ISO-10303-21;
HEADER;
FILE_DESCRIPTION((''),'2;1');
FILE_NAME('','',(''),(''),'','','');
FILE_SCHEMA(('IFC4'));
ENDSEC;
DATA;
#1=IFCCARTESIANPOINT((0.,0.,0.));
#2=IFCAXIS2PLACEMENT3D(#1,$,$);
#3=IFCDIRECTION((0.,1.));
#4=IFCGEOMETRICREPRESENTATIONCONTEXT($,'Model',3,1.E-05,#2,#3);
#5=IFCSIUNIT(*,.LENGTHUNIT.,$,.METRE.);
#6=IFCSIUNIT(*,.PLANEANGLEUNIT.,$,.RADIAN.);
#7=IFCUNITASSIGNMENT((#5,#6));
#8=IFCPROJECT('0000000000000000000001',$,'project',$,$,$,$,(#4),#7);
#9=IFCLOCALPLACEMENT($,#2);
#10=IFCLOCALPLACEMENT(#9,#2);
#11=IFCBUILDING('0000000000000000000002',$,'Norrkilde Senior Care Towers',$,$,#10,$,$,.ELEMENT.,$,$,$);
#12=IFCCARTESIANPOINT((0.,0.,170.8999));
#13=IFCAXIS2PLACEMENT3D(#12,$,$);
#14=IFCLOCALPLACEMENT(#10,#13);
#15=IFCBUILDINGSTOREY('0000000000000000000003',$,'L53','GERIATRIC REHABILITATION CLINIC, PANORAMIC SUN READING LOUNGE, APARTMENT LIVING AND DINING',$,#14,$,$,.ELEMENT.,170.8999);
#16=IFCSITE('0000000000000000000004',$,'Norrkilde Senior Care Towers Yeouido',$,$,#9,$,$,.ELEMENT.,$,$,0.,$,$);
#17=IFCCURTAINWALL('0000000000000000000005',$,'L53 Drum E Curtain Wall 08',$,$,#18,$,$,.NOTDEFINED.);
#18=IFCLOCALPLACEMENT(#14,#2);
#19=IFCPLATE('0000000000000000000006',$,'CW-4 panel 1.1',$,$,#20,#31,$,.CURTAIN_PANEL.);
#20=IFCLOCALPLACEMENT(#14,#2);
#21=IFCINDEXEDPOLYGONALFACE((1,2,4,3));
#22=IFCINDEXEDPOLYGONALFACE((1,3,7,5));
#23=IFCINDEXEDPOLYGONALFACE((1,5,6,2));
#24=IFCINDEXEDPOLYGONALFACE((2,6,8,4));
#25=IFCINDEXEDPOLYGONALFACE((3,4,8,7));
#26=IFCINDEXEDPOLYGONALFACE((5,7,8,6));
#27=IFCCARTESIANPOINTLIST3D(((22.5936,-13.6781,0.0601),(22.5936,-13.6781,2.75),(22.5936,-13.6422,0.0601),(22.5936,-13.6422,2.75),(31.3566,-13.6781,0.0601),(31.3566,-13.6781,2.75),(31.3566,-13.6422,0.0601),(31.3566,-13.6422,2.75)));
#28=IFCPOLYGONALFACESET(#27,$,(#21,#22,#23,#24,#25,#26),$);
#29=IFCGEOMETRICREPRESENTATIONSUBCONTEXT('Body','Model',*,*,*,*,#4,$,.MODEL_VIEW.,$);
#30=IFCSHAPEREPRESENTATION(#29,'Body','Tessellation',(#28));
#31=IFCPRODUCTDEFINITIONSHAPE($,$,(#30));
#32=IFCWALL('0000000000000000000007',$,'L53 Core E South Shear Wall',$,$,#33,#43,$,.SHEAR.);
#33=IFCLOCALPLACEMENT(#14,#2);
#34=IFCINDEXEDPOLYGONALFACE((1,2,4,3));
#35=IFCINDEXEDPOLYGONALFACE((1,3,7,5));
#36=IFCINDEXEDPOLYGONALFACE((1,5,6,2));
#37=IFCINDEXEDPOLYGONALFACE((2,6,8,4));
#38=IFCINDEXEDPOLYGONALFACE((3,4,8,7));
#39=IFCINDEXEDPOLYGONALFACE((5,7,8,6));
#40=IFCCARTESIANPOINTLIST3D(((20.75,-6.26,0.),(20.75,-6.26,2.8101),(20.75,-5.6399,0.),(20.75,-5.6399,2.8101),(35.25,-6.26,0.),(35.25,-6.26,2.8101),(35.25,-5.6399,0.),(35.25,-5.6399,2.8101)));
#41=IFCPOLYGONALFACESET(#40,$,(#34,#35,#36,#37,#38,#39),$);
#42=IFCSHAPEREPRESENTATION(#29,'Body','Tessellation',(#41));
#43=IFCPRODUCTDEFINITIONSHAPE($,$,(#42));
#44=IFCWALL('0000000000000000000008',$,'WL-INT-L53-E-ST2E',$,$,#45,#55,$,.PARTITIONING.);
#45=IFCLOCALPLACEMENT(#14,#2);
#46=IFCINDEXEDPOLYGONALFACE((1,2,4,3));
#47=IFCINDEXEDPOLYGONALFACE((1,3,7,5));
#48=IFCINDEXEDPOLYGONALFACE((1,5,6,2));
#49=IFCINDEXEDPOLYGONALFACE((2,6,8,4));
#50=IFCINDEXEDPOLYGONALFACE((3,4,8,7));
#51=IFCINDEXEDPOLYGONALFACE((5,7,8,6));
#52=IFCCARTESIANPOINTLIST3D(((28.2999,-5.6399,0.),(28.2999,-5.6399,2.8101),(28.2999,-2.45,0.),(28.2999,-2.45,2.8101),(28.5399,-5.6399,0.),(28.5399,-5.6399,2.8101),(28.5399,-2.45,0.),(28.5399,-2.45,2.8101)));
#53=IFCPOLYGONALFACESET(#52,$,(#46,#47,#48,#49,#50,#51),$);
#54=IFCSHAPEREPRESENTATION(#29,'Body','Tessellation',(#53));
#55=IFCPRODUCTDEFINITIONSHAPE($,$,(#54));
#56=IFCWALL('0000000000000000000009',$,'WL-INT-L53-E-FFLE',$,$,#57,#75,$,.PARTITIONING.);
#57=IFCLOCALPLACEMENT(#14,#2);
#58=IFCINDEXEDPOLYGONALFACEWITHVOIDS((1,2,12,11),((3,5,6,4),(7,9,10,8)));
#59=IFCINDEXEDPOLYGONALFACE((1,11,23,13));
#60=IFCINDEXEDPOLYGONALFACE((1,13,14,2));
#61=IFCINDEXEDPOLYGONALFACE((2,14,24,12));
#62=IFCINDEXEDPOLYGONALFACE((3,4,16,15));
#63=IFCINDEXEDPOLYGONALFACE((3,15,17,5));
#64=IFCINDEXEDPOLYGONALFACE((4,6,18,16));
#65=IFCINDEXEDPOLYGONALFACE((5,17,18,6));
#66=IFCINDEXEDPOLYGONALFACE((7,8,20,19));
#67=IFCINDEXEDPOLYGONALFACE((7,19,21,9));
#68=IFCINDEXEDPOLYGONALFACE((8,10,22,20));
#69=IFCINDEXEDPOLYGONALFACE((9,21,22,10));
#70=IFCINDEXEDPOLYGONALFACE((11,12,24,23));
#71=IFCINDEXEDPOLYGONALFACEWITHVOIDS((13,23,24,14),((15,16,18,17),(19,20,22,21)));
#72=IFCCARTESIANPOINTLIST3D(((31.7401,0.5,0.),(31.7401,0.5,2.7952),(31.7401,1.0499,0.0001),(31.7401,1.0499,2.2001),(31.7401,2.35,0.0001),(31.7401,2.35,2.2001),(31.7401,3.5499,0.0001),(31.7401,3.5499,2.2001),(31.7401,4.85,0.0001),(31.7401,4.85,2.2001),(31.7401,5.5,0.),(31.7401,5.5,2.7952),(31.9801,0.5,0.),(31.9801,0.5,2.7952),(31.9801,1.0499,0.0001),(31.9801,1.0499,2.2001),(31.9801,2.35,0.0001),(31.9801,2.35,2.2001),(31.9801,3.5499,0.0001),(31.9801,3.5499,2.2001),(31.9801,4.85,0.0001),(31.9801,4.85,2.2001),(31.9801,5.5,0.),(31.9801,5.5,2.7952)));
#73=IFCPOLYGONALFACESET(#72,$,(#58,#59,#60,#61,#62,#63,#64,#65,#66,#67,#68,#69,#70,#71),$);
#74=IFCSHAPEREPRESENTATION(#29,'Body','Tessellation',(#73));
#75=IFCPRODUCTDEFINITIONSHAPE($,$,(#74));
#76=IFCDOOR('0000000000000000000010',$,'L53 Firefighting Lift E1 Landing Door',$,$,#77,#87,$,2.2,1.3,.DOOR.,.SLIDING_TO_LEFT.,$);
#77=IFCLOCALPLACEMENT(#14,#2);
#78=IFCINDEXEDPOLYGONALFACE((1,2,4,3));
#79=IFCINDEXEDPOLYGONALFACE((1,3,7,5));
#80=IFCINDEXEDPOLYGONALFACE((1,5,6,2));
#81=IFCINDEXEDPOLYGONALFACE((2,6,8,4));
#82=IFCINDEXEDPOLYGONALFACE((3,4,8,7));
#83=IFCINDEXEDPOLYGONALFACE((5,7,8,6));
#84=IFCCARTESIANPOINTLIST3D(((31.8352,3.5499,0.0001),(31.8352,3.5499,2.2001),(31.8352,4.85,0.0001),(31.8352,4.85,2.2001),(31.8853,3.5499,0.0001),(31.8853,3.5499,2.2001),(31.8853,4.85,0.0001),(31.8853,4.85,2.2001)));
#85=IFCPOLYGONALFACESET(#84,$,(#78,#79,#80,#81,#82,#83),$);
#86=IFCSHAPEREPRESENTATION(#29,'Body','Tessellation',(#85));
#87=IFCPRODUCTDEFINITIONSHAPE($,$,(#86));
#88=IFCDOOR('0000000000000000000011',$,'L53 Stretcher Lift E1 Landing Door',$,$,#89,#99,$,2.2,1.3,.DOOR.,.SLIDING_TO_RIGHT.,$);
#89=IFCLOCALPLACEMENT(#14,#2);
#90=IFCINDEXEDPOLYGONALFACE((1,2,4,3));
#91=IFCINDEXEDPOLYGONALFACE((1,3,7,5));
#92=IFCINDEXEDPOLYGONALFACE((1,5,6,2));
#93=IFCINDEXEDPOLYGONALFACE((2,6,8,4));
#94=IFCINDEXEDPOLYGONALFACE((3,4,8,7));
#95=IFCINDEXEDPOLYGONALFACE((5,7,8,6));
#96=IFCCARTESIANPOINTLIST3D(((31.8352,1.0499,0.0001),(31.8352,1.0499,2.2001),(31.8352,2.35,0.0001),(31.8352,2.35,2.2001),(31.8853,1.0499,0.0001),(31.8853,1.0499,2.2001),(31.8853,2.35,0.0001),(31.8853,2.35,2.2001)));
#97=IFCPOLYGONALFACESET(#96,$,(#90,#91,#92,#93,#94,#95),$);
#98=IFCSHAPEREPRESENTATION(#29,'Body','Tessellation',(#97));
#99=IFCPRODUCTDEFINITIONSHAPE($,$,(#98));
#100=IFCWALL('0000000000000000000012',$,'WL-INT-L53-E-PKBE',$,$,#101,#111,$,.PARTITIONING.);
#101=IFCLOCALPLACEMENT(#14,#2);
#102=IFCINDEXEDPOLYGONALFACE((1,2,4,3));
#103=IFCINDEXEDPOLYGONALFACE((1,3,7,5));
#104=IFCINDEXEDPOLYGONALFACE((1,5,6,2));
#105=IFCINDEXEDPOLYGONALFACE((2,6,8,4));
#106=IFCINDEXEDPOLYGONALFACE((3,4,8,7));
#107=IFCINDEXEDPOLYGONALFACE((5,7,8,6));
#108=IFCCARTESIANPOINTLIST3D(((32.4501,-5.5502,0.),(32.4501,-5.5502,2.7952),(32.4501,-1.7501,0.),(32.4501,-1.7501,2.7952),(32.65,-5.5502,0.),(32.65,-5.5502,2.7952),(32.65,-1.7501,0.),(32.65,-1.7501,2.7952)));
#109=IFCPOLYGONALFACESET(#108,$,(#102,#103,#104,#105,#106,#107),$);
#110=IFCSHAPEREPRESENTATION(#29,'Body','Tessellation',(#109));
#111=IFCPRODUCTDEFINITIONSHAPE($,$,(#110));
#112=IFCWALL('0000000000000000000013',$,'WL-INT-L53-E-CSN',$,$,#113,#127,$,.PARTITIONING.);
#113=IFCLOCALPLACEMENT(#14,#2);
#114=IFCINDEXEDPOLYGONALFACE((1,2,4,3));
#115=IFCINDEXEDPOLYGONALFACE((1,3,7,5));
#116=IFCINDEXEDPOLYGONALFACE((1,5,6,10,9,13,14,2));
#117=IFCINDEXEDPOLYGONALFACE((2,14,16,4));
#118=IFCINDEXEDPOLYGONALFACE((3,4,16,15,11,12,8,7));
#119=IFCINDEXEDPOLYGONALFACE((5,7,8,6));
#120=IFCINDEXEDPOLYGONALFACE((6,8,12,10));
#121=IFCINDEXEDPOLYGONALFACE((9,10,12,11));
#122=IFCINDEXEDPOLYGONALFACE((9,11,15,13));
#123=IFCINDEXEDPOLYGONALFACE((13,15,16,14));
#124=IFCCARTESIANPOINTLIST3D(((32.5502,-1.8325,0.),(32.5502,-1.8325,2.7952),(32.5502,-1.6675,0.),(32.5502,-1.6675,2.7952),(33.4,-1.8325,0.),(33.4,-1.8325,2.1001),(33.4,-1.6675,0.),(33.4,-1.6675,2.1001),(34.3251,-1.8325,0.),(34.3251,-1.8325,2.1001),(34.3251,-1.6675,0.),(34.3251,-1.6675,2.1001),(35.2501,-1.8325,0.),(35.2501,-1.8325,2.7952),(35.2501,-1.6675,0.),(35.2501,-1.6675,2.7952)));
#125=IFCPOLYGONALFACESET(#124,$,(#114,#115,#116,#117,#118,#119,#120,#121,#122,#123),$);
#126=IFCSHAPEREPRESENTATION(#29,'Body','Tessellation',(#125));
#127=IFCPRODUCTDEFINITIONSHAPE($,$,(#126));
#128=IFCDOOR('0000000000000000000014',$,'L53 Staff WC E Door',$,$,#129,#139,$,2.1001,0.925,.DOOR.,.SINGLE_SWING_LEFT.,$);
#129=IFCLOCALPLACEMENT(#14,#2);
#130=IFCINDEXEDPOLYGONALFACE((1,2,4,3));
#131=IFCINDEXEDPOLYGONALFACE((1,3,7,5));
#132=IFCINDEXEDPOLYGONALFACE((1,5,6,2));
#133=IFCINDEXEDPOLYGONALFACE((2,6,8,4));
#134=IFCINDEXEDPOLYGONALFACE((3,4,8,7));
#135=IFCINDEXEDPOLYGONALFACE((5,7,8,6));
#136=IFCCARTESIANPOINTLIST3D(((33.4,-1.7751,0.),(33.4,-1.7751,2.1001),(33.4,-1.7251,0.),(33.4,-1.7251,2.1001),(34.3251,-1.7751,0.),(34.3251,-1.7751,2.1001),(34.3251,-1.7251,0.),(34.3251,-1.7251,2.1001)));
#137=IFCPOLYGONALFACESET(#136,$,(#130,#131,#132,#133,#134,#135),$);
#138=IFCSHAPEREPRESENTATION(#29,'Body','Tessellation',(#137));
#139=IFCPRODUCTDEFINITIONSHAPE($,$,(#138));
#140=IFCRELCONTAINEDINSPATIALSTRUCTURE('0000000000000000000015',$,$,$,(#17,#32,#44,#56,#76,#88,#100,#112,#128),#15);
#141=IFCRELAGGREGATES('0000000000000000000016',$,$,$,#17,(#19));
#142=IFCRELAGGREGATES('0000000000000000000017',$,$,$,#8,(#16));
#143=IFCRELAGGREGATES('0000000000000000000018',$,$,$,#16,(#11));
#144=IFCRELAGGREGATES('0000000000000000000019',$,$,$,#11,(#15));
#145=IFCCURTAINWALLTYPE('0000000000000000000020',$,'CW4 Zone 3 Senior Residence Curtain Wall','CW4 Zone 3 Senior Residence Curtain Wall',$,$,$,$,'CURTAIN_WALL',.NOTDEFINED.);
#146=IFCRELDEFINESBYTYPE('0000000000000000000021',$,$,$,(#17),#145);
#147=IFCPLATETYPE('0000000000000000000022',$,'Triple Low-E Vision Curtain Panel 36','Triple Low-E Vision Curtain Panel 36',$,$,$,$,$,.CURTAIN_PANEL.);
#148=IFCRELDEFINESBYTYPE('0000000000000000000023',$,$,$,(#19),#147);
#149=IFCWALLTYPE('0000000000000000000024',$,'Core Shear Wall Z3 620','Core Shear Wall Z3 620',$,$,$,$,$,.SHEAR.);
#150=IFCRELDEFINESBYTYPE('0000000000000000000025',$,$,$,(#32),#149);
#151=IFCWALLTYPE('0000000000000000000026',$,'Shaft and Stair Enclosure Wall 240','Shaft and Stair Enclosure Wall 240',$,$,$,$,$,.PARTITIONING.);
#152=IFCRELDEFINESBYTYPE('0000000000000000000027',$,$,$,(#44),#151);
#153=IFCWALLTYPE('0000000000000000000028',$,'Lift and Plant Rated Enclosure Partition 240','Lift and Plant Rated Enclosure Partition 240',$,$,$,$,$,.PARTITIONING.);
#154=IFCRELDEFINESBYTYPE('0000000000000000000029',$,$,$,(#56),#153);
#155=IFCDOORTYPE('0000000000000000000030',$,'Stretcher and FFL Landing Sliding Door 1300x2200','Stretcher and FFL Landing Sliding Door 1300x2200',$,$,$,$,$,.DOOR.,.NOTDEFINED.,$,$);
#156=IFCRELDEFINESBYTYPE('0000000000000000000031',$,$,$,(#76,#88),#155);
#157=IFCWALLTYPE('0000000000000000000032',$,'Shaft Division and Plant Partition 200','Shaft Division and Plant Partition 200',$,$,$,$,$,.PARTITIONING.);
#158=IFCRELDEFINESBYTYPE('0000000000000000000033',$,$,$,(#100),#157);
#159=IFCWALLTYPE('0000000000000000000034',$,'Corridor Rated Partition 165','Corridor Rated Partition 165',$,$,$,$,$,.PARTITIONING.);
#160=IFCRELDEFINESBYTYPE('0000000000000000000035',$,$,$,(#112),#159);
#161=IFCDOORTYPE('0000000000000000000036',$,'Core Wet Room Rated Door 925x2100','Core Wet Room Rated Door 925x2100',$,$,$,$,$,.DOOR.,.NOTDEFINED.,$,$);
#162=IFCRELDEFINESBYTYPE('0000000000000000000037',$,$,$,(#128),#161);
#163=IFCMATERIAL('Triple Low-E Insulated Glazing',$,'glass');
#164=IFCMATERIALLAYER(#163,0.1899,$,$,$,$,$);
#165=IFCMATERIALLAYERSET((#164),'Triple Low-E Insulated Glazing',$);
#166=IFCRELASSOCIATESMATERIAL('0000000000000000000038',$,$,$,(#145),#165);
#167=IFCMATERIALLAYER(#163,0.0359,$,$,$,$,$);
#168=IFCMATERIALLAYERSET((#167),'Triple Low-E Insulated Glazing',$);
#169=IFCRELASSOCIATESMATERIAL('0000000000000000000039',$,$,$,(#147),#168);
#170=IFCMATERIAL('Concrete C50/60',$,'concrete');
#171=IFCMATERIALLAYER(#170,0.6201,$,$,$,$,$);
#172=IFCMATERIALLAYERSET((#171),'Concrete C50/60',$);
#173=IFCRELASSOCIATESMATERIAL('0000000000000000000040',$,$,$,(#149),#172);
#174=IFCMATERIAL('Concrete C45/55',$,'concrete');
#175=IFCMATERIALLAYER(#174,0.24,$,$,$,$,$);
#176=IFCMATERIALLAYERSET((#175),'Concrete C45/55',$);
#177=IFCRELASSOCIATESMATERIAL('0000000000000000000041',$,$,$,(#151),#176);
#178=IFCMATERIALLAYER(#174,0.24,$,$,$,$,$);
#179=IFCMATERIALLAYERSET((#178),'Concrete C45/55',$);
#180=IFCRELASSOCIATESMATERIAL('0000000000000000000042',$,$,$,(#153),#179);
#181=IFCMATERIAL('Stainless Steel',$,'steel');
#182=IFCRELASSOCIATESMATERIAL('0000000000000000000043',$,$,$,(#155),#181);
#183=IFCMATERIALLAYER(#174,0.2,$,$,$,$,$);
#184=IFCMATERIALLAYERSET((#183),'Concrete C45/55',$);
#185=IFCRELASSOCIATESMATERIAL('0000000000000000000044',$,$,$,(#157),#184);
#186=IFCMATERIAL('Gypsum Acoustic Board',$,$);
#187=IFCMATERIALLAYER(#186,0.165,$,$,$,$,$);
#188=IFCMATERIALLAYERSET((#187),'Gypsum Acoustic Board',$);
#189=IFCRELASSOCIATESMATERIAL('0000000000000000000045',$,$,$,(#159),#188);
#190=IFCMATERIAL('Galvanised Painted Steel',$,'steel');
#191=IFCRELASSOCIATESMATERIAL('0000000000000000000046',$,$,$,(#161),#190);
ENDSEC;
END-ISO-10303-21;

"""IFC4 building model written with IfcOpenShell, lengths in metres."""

from ifc_helpers import new_model, si_unit, direction, frame, frame_2d, origin, origin_2d, place, context, subcontext, project, spatial, rectangle, extrude, source, transform, mapped, material, layer, layer_set, type_object, type_shapes, element, fill, aggregate, save


model = new_model("IFC4")

# Units and contexts
model_context = context("Model", 3, precision=1e-05, world=origin(), true_north=direction((0.0, 1.0)))
body_context = subcontext(model_context, "Body", "Model", "MODEL_VIEW")
ifc_project = project(units=[si_unit("LENGTHUNIT", "METRE"), si_unit("PLANEANGLEUNIT", "RADIAN")], contexts=[model_context])

# Site, building, storey
site_placement = place(None, origin())
site = spatial("IfcSite", under=ifc_project, at=site_placement, Name="Norrkilde Senior Care Towers Yeouido", CompositionType="ELEMENT", RefElevation=0.0)
building_placement = place(site_placement, origin())
building = spatial("IfcBuilding", under=site, at=building_placement, Name="Norrkilde Senior Care Towers", CompositionType="ELEMENT")
storey_placement = place(building_placement, frame((0.0, 0.0, 170.8999)))
storey = spatial("IfcBuildingStorey", under=building, at=storey_placement, Name="L53", Description="GERIATRIC REHABILITATION CLINIC, PANORAMIC SUN READING LOUNGE, APARTMENT LIVING AND DINING", CompositionType="ELEMENT", Elevation=170.8999)

# Shared definitions
ifc_material_1 = material(Name="Concrete C50/60", Category="concrete")

# Curtain wall
ifc_material_2 = material(Name="Triple Low-E Insulated Glazing", Category="glass")
ifc_layer_1 = layer(ifc_material_2, 0.1899)
ifc_layer_set_1 = layer_set([ifc_layer_1], Name="Triple Low-E Insulated Glazing")
curtain_wall_type = type_object("IfcCurtainWallType", Name="CW4 Zone 3 Senior Residence Curtain Wall", Description="CW4 Zone 3 Senior Residence Curtain Wall", ElementType="CURTAIN_WALL", PredefinedType="NOTDEFINED", material=ifc_layer_set_1)
curtain_wall_1_placement = place(storey_placement, origin())
curtain_wall_1 = element("IfcCurtainWall", 1, at=curtain_wall_1_placement, inside=storey, type_object=curtain_wall_type, Name="L53 Drum E Curtain Wall 08", PredefinedType="NOTDEFINED")

# Plate
ifc_layer_2 = layer(ifc_material_2, 0.0359)
ifc_layer_set_2 = layer_set([ifc_layer_2], Name="Triple Low-E Insulated Glazing")
plate_type = type_object("IfcPlateType", Name="Triple Low-E Vision Curtain Panel 36", Description="Triple Low-E Vision Curtain Panel 36", PredefinedType="CURTAIN_PANEL", material=ifc_layer_set_2)
shared_shape_1 = source(origin(), body_context, "Body", "SweptSolid", [
    extrude(rectangle(XDim=8.7629, YDim=0.0359, at=origin_2d()), origin(), (0.0, 0.0, 1.0), 2.6899),
])
plate_1_placement = place(storey_placement, frame((26.9751, -13.6602, 0.0601), z_axis=(0.0, 0.0, 1.0), x_axis=(-1.0, 0.0, 0.0)))
plate_1 = element("IfcPlate", 2, at=plate_1_placement, type_object=plate_type, Name="CW-4 panel 1.1", PredefinedType="CURTAIN_PANEL", context=body_context, shape_type="MappedRepresentation", body=[
    mapped(shared_shape_1, transform((0.0, 0.0, 0.0), x_axis=(1.0, 0.0, 0.0), y_axis=(0.0, 1.0, 0.0), z_axis=(0.0, 0.0, 1.0), scale=1.0)),
])
aggregate(curtain_wall_1, [plate_1])

# Walls
ifc_layer_3 = layer(ifc_material_1, 0.6201)
ifc_layer_set_3 = layer_set([ifc_layer_3], Name="Concrete C50/60")
wall_type_1 = type_object("IfcWallType", Name="Core Shear Wall Z3 620", Description="Core Shear Wall Z3 620", PredefinedType="SHEAR", material=ifc_layer_set_3)
shared_shape_2 = source(origin(), body_context, "Body", "SweptSolid", [
    extrude(rectangle(XDim=14.5, YDim=0.6201, at=frame_2d((7.25, 0.0))), origin(), (0.0, 0.0, 1.0), 2.8101),
])
type_shapes(wall_type_1, [shared_shape_2])
wall_1_placement = place(storey_placement, frame((35.25, -5.95, 0.0), z_axis=(0.0, 0.0, 1.0), x_axis=(-1.0, 0.0, 0.0)))
element("IfcWall", 3, at=wall_1_placement, inside=storey, type_object=wall_type_1, Name="L53 Core E South Shear Wall", PredefinedType="SHEAR", context=body_context, shape_type="MappedRepresentation", body=[
    mapped(shared_shape_2, transform((0.0, 0.0, 0.0), x_axis=(1.0, 0.0, 0.0), y_axis=(0.0, 1.0, 0.0), z_axis=(0.0, 0.0, 1.0), scale=1.0)),
])
ifc_material_3 = material(Name="Concrete C45/55", Category="concrete")
ifc_layer_4 = layer(ifc_material_3, 0.24)
ifc_layer_set_4 = layer_set([ifc_layer_4], Name="Concrete C45/55")
wall_type_2 = type_object("IfcWallType", Name="Shaft and Stair Enclosure Wall 240", Description="Shaft and Stair Enclosure Wall 240", PredefinedType="PARTITIONING", material=ifc_layer_set_4)
shared_shape_3 = source(origin(), body_context, "Body", "SweptSolid", [
    extrude(rectangle(XDim=3.1899, YDim=0.24, at=frame_2d((1.595, 0.0))), origin(), (0.0, 0.0, 1.0), 2.8101),
])
type_shapes(wall_type_2, [shared_shape_3])
wall_2_placement = place(storey_placement, frame((28.4199, -5.6399, 0.0), z_axis=(0.0, 0.0, 1.0), x_axis=(0.0, 1.0, 0.0)))
element("IfcWall", 4, at=wall_2_placement, inside=storey, type_object=wall_type_2, Name="WL-INT-L53-E-ST2E", PredefinedType="PARTITIONING", context=body_context, shape_type="MappedRepresentation", body=[
    mapped(shared_shape_3, transform((0.0, 0.0, 0.0), x_axis=(1.0, 0.0, 0.0), y_axis=(0.0, 1.0, 0.0), z_axis=(0.0, 0.0, 1.0), scale=1.0)),
])

# Wall, openings, doors
ifc_layer_5 = layer(ifc_material_3, 0.24)
ifc_layer_set_5 = layer_set([ifc_layer_5], Name="Concrete C45/55")
wall_type_3 = type_object("IfcWallType", Name="Lift and Plant Rated Enclosure Partition 240", Description="Lift and Plant Rated Enclosure Partition 240", PredefinedType="PARTITIONING", material=ifc_layer_set_5)
shared_shape_4 = source(origin(), body_context, "Body", "SweptSolid", [
    extrude(rectangle(XDim=5.0, YDim=0.24, at=frame_2d((2.5, 0.0))), origin(), (0.0, 0.0, 1.0), 2.7952),
])
wall_3_placement = place(storey_placement, frame((31.8601, 0.5, 0.0), z_axis=(0.0, 0.0, 1.0), x_axis=(0.0, 1.0, 0.0)))
wall_3 = element("IfcWall", 5, at=wall_3_placement, inside=storey, type_object=wall_type_3, Name="WL-INT-L53-E-FFLE", PredefinedType="PARTITIONING", context=body_context, shape_type="MappedRepresentation", body=[
    mapped(shared_shape_4, transform((0.0, 0.0, 0.0), x_axis=(1.0, 0.0, 0.0), y_axis=(0.0, 1.0, 0.0), z_axis=(0.0, 0.0, 1.0), scale=1.0)),
])
opening_1_placement = place(wall_3_placement, frame((3.05, 0.0, 0.0)))
opening_1 = element("IfcOpeningElement", 6, at=opening_1_placement, cuts=wall_3, PredefinedType="OPENING", context=body_context, shape_type="SweptSolid", body=[
    extrude(rectangle(XDim=1.3, YDim=2.2, at=frame_2d((0.6499, 1.1001))), frame((0.0, 0.1299, 0.0), z_axis=(0.0, -1.0, 0.0), x_axis=(1.0, 0.0, 0.0)), (0.0, 0.0, 1.0), 0.26),
])
opening_2_placement = place(wall_3_placement, frame((0.55, 0.0, 0.0)))
opening_2 = element("IfcOpeningElement", 7, at=opening_2_placement, cuts=wall_3, PredefinedType="OPENING", context=body_context, shape_type="SweptSolid", body=[
    extrude(rectangle(XDim=1.3, YDim=2.2, at=frame_2d((0.6499, 1.1001))), frame((0.0, 0.1299, 0.0), z_axis=(0.0, -1.0, 0.0), x_axis=(1.0, 0.0, 0.0)), (0.0, 0.0, 1.0), 0.26),
])
ifc_material_4 = material(Name="Stainless Steel", Category="steel")
door_type_1 = type_object("IfcDoorType", Name="Stretcher and FFL Landing Sliding Door 1300x2200", Description="Stretcher and FFL Landing Sliding Door 1300x2200", OperationType="NOTDEFINED", PredefinedType="DOOR", material=ifc_material_4)
shared_shape_5 = source(origin(), body_context, "Body", "SweptSolid", [
    extrude(rectangle(XDim=1.3, YDim=2.2, at=frame_2d((0.6499, 1.1001))), frame((0.0, 0.0249, 0.0), z_axis=(0.0, -1.0, 0.0), x_axis=(1.0, 0.0, 0.0)), (0.0, 0.0, 1.0), 0.05),
])
type_shapes(door_type_1, [shared_shape_5])
door_1_placement = place(opening_1_placement, origin())
door_1 = element("IfcDoor", 8, at=door_1_placement, inside=storey, type_object=door_type_1, Name="L53 Firefighting Lift E1 Landing Door", OperationType="SLIDING_TO_LEFT", OverallHeight=2.2, OverallWidth=1.3, PredefinedType="DOOR", context=body_context, shape_type="MappedRepresentation", body=[
    mapped(shared_shape_5, transform((0.0, 0.0, 0.0), x_axis=(1.0, 0.0, 0.0), y_axis=(0.0, 1.0, 0.0), z_axis=(0.0, 0.0, 1.0), scale=1.0)),
])
fill(opening_1, door_1)
door_2_placement = place(opening_2_placement, origin())
door_2 = element("IfcDoor", 9, at=door_2_placement, inside=storey, type_object=door_type_1, Name="L53 Stretcher Lift E1 Landing Door", OperationType="SLIDING_TO_RIGHT", OverallHeight=2.2, OverallWidth=1.3, PredefinedType="DOOR", context=body_context, shape_type="MappedRepresentation", body=[
    mapped(shared_shape_5, transform((0.0, 0.0, 0.0), x_axis=(1.0, 0.0, 0.0), y_axis=(0.0, 1.0, 0.0), z_axis=(0.0, 0.0, 1.0), scale=1.0)),
])
fill(opening_2, door_2)

# Shared definitions
ifc_material_5 = material(Name="Galvanised Painted Steel", Category="steel")

# Wall
ifc_layer_6 = layer(ifc_material_3, 0.2)
ifc_layer_set_6 = layer_set([ifc_layer_6], Name="Concrete C45/55")
wall_type_4 = type_object("IfcWallType", Name="Shaft Division and Plant Partition 200", Description="Shaft Division and Plant Partition 200", PredefinedType="PARTITIONING", material=ifc_layer_set_6)
shared_shape_6 = source(origin(), body_context, "Body", "SweptSolid", [
    extrude(rectangle(XDim=3.8, YDim=0.2, at=frame_2d((1.8999, 0.0))), origin(), (0.0, 0.0, 1.0), 2.7952),
])
type_shapes(wall_type_4, [shared_shape_6])
wall_4_placement = place(storey_placement, frame((32.55, -5.55, 0.0), z_axis=(0.0, 0.0, 1.0), x_axis=(0.0, 1.0, 0.0)))
element("IfcWall", 10, at=wall_4_placement, inside=storey, type_object=wall_type_4, Name="WL-INT-L53-E-PKBE", PredefinedType="PARTITIONING", context=body_context, shape_type="MappedRepresentation", body=[
    mapped(shared_shape_6, transform((0.0, 0.0, 0.0), x_axis=(1.0, 0.0, 0.0), y_axis=(0.0, 1.0, 0.0), z_axis=(0.0, 0.0, 1.0), scale=1.0)),
])

# Wall, opening, door
ifc_material_6 = material(Name="Gypsum Acoustic Board")
ifc_layer_7 = layer(ifc_material_6, 0.165)
ifc_layer_set_7 = layer_set([ifc_layer_7], Name="Gypsum Acoustic Board")
wall_type_5 = type_object("IfcWallType", Name="Corridor Rated Partition 165", Description="Corridor Rated Partition 165", PredefinedType="PARTITIONING", material=ifc_layer_set_7)
shared_shape_7 = source(origin(), body_context, "Body", "SweptSolid", [
    extrude(rectangle(XDim=2.7, YDim=0.165, at=frame_2d((1.3501, 0.0))), origin(), (0.0, 0.0, 1.0), 2.7952),
])
type_shapes(wall_type_5, [shared_shape_7])
wall_5_placement = place(storey_placement, frame((32.55, -1.75, 0.0), z_axis=(0.0, 0.0, 1.0), x_axis=(1.0, 0.0, 0.0)))
wall_5 = element("IfcWall", 11, at=wall_5_placement, inside=storey, type_object=wall_type_5, Name="WL-INT-L53-E-CSN", PredefinedType="PARTITIONING", context=body_context, shape_type="MappedRepresentation", body=[
    mapped(shared_shape_7, transform((0.0, 0.0, 0.0), x_axis=(1.0, 0.0, 0.0), y_axis=(0.0, 1.0, 0.0), z_axis=(0.0, 0.0, 1.0), scale=1.0)),
])
opening_3_placement = place(wall_5_placement, frame((0.8501, 0.0, 0.0)))
opening_3 = element("IfcOpeningElement", 12, at=opening_3_placement, cuts=wall_5, PredefinedType="OPENING", context=body_context, shape_type="SweptSolid", body=[
    extrude(rectangle(XDim=0.925, YDim=2.1001, at=frame_2d((0.4624, 1.05))), frame((0.0, 0.0925, 0.0), z_axis=(0.0, -1.0, 0.0), x_axis=(1.0, 0.0, 0.0)), (0.0, 0.0, 1.0), 0.1851),
])
door_type_2 = type_object("IfcDoorType", Name="Core Wet Room Rated Door 925x2100", Description="Core Wet Room Rated Door 925x2100", OperationType="NOTDEFINED", PredefinedType="DOOR", material=ifc_material_5)
shared_shape_8 = source(origin(), body_context, "Body", "SweptSolid", [
    extrude(rectangle(XDim=0.925, YDim=2.1001, at=frame_2d((0.4624, 1.05))), frame((0.0, 0.0249, 0.0), z_axis=(0.0, -1.0, 0.0), x_axis=(1.0, 0.0, 0.0)), (0.0, 0.0, 1.0), 0.05),
])
type_shapes(door_type_2, [shared_shape_8])
door_3_placement = place(opening_3_placement, origin())
door_3 = element("IfcDoor", 13, at=door_3_placement, inside=storey, type_object=door_type_2, Name="L53 Staff WC E Door", OperationType="SINGLE_SWING_LEFT", OverallHeight=2.1001, OverallWidth=0.925, PredefinedType="DOOR", context=body_context, shape_type="MappedRepresentation", body=[
    mapped(shared_shape_8, transform((0.0, 0.0, 0.0), x_axis=(1.0, 0.0, 0.0), y_axis=(0.0, 1.0, 0.0), z_axis=(0.0, 0.0, 1.0), scale=1.0)),
])
fill(opening_3, door_3)

save(model, "model.ifc")
